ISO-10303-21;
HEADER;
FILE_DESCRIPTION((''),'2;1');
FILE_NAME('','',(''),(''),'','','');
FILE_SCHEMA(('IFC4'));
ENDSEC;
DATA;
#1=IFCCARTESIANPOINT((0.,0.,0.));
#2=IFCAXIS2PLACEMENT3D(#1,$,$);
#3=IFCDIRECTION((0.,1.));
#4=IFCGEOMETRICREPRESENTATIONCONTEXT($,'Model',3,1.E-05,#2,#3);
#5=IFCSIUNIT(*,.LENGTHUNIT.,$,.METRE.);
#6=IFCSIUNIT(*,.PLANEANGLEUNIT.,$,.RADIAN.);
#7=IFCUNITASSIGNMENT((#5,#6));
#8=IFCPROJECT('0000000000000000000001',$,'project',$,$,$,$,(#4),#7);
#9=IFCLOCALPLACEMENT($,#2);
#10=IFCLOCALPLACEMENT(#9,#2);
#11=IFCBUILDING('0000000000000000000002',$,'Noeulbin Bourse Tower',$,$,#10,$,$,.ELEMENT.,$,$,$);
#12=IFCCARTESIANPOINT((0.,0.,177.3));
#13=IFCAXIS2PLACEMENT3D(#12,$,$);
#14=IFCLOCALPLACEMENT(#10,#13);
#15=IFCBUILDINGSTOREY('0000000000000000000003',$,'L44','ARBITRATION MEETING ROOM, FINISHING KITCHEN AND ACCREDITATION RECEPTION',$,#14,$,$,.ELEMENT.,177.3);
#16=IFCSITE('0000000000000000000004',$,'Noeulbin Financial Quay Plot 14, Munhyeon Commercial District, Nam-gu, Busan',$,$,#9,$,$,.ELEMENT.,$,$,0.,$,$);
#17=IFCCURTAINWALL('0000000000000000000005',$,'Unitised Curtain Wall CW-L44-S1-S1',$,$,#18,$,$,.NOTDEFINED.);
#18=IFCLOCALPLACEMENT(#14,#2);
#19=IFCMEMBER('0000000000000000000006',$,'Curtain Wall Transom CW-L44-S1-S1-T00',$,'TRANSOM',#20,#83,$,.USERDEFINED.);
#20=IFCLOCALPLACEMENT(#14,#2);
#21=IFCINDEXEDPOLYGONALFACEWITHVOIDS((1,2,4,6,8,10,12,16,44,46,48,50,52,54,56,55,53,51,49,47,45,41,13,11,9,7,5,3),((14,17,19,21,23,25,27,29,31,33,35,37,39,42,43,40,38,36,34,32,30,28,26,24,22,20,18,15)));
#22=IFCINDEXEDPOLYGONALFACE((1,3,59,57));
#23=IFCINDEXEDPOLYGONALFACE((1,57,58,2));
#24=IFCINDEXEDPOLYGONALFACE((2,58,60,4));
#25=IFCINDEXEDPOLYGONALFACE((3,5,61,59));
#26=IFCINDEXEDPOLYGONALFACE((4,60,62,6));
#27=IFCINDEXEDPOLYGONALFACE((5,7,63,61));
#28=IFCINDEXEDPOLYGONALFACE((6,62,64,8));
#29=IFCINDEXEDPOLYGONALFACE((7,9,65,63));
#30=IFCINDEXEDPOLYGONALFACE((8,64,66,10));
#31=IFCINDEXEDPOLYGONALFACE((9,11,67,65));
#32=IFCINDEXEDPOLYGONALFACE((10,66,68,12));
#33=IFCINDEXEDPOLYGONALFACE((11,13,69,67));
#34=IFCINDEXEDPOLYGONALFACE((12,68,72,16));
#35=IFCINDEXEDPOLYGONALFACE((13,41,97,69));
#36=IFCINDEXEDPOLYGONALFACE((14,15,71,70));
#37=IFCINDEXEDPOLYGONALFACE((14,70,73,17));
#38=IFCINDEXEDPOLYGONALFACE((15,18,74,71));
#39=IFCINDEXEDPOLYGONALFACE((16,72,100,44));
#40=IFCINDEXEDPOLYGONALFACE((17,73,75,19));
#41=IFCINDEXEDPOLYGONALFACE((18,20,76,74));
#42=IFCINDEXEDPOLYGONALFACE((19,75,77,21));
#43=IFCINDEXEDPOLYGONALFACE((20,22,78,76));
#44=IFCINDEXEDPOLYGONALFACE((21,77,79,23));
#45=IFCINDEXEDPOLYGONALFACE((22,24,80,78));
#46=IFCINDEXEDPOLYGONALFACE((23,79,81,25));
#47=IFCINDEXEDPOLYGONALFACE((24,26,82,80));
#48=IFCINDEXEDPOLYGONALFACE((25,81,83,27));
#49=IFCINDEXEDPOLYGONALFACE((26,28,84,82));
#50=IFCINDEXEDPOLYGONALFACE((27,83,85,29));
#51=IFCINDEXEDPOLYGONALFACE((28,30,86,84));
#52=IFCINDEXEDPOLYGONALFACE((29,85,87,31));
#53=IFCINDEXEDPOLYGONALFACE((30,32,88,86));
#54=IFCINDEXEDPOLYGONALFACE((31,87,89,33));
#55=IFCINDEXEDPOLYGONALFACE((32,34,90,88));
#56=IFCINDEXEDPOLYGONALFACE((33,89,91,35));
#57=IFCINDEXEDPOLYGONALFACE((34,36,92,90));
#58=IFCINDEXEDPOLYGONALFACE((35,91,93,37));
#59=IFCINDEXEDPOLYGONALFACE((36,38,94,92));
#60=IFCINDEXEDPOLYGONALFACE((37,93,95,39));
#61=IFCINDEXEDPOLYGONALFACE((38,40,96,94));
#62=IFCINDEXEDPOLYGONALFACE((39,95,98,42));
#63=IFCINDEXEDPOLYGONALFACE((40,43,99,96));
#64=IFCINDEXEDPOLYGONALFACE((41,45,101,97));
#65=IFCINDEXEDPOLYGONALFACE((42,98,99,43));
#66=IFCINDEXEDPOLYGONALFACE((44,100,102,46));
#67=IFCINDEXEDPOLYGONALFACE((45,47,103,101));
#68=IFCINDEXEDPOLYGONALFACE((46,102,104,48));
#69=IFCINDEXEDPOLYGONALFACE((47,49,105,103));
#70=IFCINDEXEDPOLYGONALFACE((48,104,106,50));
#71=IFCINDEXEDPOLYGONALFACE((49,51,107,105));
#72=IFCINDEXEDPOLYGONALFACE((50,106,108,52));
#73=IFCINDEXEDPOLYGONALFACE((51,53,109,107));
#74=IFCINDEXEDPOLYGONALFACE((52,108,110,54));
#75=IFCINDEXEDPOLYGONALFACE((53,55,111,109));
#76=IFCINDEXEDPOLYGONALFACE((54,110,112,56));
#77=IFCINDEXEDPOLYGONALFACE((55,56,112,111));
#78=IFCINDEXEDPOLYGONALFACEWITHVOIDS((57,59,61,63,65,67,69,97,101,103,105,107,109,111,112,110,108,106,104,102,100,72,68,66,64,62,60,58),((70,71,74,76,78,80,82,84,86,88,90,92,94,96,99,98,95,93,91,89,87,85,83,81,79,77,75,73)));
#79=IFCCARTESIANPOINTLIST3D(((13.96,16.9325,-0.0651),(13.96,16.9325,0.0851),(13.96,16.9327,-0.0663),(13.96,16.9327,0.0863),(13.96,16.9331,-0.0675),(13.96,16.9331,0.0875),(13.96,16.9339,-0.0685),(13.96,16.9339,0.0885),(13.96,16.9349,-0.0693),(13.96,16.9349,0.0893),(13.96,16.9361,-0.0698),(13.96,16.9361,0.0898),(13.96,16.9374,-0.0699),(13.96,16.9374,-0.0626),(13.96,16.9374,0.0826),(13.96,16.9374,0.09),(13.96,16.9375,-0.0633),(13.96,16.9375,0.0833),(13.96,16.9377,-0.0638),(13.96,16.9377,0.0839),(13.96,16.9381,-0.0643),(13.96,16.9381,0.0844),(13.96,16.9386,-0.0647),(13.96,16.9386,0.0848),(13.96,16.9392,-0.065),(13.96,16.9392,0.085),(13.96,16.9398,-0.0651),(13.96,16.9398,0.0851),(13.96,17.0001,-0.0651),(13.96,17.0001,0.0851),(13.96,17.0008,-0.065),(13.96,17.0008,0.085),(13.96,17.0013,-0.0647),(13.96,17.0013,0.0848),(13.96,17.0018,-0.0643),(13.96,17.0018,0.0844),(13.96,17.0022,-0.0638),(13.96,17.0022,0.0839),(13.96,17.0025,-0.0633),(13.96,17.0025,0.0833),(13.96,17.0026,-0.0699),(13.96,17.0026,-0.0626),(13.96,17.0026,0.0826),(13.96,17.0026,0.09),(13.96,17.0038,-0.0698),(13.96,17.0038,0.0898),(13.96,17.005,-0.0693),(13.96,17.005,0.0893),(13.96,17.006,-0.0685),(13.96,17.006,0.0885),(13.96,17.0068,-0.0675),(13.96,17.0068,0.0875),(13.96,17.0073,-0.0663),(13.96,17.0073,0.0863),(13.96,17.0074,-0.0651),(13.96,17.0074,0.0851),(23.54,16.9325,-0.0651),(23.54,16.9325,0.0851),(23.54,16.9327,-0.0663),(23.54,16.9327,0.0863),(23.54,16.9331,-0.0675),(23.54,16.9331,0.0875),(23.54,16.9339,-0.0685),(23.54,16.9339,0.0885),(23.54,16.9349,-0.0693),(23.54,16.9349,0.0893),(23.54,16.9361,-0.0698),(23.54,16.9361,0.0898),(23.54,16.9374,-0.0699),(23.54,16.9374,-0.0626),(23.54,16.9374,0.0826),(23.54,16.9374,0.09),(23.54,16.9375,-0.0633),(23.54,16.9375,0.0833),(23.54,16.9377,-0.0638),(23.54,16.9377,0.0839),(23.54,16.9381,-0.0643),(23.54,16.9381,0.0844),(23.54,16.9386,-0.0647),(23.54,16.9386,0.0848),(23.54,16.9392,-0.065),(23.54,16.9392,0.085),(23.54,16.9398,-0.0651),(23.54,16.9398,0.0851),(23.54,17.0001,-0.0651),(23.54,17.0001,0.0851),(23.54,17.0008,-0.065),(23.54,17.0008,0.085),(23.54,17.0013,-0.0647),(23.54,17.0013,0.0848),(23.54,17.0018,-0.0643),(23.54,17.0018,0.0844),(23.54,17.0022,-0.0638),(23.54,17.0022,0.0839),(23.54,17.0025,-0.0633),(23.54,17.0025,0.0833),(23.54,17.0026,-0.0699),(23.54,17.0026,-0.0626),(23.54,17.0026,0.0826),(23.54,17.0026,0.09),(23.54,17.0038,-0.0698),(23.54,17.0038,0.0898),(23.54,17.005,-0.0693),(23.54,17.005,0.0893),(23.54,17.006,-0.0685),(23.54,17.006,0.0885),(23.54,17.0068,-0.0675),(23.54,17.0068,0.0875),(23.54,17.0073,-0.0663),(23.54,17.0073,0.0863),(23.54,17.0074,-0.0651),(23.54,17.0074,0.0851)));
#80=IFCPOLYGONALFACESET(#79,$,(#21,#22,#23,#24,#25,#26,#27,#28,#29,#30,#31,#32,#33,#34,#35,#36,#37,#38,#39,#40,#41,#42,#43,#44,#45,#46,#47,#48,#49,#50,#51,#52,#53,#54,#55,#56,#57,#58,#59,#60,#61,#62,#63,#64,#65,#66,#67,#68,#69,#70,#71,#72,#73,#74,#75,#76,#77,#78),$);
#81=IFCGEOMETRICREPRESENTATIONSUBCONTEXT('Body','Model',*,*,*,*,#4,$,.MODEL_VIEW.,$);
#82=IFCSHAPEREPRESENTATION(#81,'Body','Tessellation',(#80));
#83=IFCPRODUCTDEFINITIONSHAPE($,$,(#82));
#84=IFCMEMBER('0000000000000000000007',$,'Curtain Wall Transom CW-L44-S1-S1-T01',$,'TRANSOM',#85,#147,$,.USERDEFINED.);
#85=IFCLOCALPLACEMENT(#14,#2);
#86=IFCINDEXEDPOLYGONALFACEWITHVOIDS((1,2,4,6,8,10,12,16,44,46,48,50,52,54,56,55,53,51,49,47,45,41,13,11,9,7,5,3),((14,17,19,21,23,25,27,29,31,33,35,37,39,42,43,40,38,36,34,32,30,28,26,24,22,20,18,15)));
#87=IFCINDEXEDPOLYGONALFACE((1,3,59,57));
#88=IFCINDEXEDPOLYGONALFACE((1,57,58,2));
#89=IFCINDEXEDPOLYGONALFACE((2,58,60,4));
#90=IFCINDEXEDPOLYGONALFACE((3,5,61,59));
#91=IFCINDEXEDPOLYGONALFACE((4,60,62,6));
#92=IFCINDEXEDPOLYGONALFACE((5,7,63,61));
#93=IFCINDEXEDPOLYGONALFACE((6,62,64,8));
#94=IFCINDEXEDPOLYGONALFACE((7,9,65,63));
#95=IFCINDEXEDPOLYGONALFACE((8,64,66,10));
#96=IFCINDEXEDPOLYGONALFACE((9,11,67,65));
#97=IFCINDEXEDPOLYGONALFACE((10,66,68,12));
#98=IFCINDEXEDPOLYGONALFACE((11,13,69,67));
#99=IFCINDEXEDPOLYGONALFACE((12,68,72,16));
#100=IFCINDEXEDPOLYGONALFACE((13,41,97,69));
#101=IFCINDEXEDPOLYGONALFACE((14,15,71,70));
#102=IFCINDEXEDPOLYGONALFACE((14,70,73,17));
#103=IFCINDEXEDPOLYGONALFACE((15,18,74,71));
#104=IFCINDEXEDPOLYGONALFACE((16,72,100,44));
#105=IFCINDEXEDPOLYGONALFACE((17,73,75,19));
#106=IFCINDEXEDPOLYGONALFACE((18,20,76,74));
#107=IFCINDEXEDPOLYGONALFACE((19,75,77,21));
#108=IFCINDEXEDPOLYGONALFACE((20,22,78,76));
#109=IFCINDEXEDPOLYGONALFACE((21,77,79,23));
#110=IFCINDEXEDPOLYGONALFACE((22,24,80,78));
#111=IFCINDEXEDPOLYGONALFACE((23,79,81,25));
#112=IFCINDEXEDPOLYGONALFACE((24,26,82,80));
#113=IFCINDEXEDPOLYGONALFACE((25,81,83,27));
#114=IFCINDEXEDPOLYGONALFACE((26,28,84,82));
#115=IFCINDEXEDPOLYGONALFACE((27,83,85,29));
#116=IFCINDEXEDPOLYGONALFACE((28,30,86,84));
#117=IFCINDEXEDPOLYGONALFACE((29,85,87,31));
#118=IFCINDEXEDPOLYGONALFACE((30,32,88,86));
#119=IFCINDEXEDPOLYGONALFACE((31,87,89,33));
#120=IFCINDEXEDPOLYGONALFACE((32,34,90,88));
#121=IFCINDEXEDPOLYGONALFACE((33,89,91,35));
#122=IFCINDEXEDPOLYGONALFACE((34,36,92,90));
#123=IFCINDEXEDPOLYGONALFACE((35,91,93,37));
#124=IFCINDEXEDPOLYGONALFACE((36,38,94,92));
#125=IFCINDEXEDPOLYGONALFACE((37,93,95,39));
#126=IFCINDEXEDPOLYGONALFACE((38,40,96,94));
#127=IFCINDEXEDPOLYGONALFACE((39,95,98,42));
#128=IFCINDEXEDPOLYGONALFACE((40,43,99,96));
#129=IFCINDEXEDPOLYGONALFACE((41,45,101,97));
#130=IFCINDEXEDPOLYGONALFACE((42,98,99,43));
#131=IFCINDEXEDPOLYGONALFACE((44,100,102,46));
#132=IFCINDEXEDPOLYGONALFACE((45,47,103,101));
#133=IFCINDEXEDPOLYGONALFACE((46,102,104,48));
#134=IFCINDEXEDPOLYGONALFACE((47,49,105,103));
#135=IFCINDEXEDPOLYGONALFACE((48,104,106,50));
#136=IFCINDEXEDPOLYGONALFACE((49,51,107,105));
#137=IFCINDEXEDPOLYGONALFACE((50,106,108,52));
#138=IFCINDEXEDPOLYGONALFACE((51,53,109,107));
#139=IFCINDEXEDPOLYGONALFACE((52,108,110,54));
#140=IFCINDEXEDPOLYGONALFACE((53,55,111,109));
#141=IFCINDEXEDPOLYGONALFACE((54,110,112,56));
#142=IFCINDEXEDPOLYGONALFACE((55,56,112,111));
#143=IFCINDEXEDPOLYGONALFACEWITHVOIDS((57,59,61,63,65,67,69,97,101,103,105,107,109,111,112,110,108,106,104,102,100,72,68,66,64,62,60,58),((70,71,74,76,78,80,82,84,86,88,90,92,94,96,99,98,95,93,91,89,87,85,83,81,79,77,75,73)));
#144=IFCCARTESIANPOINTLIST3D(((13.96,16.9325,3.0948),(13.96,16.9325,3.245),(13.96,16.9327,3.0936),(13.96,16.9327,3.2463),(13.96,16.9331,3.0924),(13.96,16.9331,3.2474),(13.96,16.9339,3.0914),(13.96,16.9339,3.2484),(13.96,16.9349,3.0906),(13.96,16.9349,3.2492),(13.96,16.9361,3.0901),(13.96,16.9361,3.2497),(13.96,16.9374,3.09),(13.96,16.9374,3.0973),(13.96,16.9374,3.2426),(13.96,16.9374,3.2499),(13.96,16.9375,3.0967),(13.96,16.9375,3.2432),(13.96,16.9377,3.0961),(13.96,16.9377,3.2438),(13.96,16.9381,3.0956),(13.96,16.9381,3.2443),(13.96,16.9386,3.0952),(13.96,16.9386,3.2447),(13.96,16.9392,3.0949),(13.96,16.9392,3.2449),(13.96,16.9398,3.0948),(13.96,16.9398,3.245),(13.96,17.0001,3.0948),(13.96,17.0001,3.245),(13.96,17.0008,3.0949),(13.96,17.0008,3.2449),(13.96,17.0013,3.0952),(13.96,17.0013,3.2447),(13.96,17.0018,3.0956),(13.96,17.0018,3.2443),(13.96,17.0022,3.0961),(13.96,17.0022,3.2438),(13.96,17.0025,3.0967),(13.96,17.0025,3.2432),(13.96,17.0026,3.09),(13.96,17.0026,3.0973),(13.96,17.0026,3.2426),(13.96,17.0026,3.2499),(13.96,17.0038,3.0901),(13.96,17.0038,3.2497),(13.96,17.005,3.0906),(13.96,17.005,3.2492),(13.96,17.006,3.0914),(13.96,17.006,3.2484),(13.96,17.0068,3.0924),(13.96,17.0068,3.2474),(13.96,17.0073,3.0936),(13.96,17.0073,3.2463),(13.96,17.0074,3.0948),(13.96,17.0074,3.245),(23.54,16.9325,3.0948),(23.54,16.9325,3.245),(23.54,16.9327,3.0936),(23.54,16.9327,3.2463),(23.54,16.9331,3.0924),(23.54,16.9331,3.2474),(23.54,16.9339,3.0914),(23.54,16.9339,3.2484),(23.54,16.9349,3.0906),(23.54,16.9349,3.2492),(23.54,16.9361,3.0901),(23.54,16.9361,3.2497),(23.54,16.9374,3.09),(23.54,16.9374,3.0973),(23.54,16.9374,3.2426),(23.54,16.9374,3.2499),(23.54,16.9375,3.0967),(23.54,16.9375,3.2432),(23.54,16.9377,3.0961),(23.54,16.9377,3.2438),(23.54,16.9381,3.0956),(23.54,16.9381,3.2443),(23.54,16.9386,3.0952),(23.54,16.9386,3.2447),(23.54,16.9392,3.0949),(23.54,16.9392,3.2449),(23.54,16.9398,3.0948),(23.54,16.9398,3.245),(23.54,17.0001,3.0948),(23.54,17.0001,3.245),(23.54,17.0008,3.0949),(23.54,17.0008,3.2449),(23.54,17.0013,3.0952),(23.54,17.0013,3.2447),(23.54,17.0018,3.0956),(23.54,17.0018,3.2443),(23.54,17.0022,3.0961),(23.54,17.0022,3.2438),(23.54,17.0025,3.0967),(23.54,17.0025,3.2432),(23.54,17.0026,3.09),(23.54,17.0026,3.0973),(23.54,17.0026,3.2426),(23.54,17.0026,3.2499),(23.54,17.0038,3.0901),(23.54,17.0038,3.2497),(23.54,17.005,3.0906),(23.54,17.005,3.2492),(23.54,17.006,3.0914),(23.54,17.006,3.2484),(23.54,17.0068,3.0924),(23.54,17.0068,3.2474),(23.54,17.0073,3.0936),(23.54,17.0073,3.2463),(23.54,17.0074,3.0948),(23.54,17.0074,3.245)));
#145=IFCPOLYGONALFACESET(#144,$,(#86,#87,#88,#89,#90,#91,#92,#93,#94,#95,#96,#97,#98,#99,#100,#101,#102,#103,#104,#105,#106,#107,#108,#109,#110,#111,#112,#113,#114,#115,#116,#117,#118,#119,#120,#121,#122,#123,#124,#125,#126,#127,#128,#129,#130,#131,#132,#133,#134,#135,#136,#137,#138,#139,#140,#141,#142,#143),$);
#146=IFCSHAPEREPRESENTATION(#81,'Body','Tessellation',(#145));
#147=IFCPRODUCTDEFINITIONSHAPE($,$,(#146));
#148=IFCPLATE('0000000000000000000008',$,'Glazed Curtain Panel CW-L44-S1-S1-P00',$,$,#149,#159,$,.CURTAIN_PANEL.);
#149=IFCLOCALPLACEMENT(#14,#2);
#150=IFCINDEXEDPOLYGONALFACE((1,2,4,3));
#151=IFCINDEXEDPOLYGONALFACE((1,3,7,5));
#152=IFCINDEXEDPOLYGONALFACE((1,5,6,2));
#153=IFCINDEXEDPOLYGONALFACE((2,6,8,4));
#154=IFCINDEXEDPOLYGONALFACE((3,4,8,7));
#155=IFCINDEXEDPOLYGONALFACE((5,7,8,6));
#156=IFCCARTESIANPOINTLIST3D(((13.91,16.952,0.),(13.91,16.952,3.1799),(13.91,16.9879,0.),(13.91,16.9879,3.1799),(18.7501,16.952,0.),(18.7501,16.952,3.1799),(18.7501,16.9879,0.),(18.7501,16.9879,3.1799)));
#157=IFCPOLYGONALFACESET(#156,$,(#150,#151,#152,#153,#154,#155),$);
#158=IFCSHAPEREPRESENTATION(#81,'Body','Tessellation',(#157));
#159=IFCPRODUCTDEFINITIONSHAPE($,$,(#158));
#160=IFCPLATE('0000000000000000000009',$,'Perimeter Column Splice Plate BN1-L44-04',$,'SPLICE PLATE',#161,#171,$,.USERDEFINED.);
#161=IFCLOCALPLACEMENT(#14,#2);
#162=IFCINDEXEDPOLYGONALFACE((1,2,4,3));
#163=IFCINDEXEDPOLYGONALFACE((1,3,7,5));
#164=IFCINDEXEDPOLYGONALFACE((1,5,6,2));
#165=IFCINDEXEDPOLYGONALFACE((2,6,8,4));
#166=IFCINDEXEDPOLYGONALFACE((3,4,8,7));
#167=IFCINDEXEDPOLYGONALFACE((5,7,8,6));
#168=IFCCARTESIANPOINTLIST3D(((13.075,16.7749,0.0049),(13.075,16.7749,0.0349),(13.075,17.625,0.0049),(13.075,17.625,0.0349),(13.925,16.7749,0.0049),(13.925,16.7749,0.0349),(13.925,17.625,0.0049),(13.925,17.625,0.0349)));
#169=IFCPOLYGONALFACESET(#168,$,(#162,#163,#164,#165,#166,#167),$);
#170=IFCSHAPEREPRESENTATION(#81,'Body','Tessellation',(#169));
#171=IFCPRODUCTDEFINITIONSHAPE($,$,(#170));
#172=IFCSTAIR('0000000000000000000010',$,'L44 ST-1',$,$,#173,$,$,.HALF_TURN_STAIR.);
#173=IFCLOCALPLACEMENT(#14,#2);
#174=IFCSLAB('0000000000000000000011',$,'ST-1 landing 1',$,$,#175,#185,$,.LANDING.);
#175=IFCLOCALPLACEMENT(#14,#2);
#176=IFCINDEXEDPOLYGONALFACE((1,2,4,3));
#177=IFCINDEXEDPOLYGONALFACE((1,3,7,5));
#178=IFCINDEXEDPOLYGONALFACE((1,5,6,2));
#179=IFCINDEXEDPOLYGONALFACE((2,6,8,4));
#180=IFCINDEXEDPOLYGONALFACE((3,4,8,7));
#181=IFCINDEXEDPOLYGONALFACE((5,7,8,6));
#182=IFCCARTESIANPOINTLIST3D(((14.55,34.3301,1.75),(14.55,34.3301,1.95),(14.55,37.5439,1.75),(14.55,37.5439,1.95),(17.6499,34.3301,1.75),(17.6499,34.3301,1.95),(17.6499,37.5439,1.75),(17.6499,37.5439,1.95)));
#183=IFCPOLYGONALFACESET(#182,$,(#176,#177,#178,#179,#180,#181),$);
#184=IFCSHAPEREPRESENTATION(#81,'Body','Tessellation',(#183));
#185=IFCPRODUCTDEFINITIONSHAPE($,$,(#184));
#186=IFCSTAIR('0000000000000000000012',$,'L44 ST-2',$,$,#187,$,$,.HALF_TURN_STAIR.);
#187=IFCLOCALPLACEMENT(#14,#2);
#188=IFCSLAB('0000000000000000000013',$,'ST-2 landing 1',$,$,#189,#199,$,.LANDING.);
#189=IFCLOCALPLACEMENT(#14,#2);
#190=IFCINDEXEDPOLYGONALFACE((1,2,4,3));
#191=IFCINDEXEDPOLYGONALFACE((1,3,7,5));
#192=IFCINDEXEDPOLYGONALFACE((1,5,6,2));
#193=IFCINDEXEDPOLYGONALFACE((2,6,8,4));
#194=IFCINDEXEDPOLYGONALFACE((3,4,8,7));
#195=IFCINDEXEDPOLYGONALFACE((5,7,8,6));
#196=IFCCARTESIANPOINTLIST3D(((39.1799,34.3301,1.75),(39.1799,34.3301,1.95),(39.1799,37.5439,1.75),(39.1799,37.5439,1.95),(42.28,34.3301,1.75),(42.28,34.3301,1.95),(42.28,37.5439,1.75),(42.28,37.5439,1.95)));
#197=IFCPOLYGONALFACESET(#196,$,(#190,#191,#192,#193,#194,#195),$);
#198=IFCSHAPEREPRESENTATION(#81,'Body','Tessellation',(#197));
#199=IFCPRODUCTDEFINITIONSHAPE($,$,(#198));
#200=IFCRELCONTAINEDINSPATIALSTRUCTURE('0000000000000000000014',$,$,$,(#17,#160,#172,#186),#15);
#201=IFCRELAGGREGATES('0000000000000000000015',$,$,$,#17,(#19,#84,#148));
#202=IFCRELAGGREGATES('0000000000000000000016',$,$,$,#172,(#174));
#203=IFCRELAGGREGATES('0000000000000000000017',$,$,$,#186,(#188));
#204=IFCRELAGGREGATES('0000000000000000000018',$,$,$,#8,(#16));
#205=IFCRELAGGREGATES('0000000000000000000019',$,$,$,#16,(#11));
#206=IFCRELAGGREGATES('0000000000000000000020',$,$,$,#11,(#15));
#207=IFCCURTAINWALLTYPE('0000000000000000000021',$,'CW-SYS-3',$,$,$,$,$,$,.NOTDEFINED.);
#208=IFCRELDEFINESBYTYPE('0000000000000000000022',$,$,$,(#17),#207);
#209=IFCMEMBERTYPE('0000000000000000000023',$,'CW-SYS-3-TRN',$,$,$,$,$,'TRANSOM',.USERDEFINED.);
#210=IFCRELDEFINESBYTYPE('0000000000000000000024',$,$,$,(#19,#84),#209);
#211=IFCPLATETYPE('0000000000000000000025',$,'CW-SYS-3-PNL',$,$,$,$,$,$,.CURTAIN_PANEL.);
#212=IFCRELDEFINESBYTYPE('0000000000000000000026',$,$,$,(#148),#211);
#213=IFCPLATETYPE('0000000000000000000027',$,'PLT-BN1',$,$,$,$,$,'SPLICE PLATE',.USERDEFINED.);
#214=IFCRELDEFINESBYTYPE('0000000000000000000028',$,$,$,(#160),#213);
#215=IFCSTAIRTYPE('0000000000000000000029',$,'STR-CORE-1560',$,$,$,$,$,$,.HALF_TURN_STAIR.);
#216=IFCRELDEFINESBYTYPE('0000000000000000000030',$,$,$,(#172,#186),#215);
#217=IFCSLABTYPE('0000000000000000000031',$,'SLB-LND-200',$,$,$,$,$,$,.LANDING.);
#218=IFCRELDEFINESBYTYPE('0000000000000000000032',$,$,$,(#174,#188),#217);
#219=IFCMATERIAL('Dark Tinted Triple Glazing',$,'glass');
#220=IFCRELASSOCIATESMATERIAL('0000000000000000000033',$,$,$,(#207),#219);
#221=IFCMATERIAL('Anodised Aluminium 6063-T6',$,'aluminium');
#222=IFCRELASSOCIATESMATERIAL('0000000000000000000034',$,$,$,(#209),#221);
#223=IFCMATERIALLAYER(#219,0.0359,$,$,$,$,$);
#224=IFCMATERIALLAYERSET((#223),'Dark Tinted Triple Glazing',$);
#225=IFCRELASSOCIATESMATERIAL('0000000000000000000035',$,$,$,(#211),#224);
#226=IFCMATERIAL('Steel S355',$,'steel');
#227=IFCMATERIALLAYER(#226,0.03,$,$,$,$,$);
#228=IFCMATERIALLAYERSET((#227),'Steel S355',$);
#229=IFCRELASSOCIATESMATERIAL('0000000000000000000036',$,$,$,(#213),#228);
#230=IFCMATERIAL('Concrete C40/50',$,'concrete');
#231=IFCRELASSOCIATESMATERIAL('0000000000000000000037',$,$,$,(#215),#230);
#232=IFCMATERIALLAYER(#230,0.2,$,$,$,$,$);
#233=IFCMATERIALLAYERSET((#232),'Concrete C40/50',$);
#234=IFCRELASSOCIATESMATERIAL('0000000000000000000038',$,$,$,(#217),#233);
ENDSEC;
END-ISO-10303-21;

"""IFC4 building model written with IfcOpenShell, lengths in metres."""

from ifc_helpers import new_model, si_unit, direction, frame, origin, origin_2d, place, context, subcontext, project, spatial, polyline, rectangle, hollow_rectangle, outline, extrude, material, layer, layer_set, material_profile, profile_set, type_object, element, aggregate, save


model = new_model("IFC4")

# Units and contexts
model_context = context("Model", 3, precision=1e-05, world=origin(), true_north=direction((0.0, 1.0)))
body_context = subcontext(model_context, "Body", "Model", "MODEL_VIEW")
ifc_project = project(units=[si_unit("LENGTHUNIT", "METRE"), si_unit("PLANEANGLEUNIT", "RADIAN")], contexts=[model_context])

# Site, building, storey
site_placement = place(None, origin())
site = spatial("IfcSite", under=ifc_project, at=site_placement, Name="Noeulbin Financial Quay Plot 14, Munhyeon Commercial District, Nam-gu, Busan", CompositionType="ELEMENT", RefElevation=0.0)
building_placement = place(site_placement, origin())
building = spatial("IfcBuilding", under=site, at=building_placement, Name="Noeulbin Bourse Tower", CompositionType="ELEMENT")
storey_placement = place(building_placement, frame((0.0, 0.0, 177.3)))
storey = spatial("IfcBuildingStorey", under=building, at=storey_placement, Name="L44", Description="ARBITRATION MEETING ROOM, FINISHING KITCHEN AND ACCREDITATION RECEPTION", CompositionType="ELEMENT", Elevation=177.3)

# Shared definitions
ifc_material_1 = material(Name="Steel S355", Category="steel")

# Curtain wall, members, plate
ifc_material_2 = material(Name="Dark Tinted Triple Glazing", Category="glass")
curtain_wall_type = type_object("IfcCurtainWallType", Name="CW-SYS-3", PredefinedType="NOTDEFINED", material=ifc_material_2)
curtain_wall_placement = place(storey_placement, origin())
curtain_wall = element("IfcCurtainWall", 1, at=curtain_wall_placement, inside=storey, type_object=curtain_wall_type, Name="Unitised Curtain Wall CW-L44-S1-S1", PredefinedType="NOTDEFINED")
ifc_material_3 = material(Name="Anodised Aluminium 6063-T6", Category="aluminium")
ifc_material_profile_1 = material_profile(ifc_material_3, hollow_rectangle(XDim=0.075, YDim=0.1599, WallThickness=0.0049, InnerFilletRadius=0.0024, OuterFilletRadius=0.0049, at=origin_2d()), Name="ALU-TRAN-75x160x5", Category="LoadBearing")
ifc_profile_set_1 = profile_set([ifc_material_profile_1], Name="Anodised Aluminium 6063-T6")
member_type_1 = type_object("IfcMemberType", Name="CW-SYS-3-TRN", ElementType="TRANSOM", PredefinedType="USERDEFINED", material=ifc_profile_set_1)
member_1_placement = place(storey_placement, frame((13.96, 16.97, 0.01), z_axis=(1.0, 0.0, 0.0), x_axis=(0.0, 1.0, 0.0)))
member_1 = element("IfcMember", 2, at=member_1_placement, type_object=member_type_1, Name="Curtain Wall Transom CW-L44-S1-S1-T00", ObjectType="TRANSOM", PredefinedType="USERDEFINED", context=body_context, shape_type="SweptSolid", body=[
    extrude(hollow_rectangle(XDim=0.075, YDim=0.1599, WallThickness=0.0049, InnerFilletRadius=0.0024, OuterFilletRadius=0.0049, at=origin_2d()), origin(), (0.0, 0.0, 1.0), 9.5801),
])
member_2_placement = place(storey_placement, frame((13.96, 16.97, 3.1699), z_axis=(1.0, 0.0, 0.0), x_axis=(0.0, 1.0, 0.0)))
member_2 = element("IfcMember", 3, at=member_2_placement, type_object=member_type_1, Name="Curtain Wall Transom CW-L44-S1-S1-T01", ObjectType="TRANSOM", PredefinedType="USERDEFINED", context=body_context, shape_type="SweptSolid", body=[
    extrude(hollow_rectangle(XDim=0.075, YDim=0.1599, WallThickness=0.0049, InnerFilletRadius=0.0024, OuterFilletRadius=0.0049, at=origin_2d()), origin(), (0.0, 0.0, 1.0), 9.5801),
])
ifc_layer_1 = layer(ifc_material_2, 0.0359)
ifc_layer_set_1 = layer_set([ifc_layer_1], Name="Dark Tinted Triple Glazing")
plate_type_1 = type_object("IfcPlateType", Name="CW-SYS-3-PNL", PredefinedType="CURTAIN_PANEL", material=ifc_layer_set_1)
plate_1_placement = place(storey_placement, frame((16.3301, 16.97, 0.0), z_axis=(0.0, 0.0, 1.0), x_axis=(1.0, 0.0, 0.0)))
plate_1 = element("IfcPlate", 4, at=plate_1_placement, type_object=plate_type_1, Name="Glazed Curtain Panel CW-L44-S1-S1-P00", PredefinedType="CURTAIN_PANEL", context=body_context, shape_type="SweptSolid", body=[
    extrude(rectangle(XDim=4.8401, YDim=0.0359, at=origin_2d()), origin(), (0.0, 0.0, 1.0), 3.1799),
])
aggregate(curtain_wall, [member_1, member_2, plate_1])

# Plate
ifc_layer_2 = layer(ifc_material_1, 0.03)
ifc_layer_set_2 = layer_set([ifc_layer_2], Name="Steel S355")
plate_type_2 = type_object("IfcPlateType", Name="PLT-BN1", ElementType="SPLICE PLATE", PredefinedType="USERDEFINED", material=ifc_layer_set_2)
plate_2_placement = place(storey_placement, frame((13.5, 17.2, 0.0049), z_axis=(0.0, 0.0, 1.0), x_axis=(1.0, 0.0, 0.0)))
element("IfcPlate", 5, at=plate_2_placement, inside=storey, type_object=plate_type_2, Name="Perimeter Column Splice Plate BN1-L44-04", ObjectType="SPLICE PLATE", PredefinedType="USERDEFINED", context=body_context, shape_type="SweptSolid", body=[
    extrude(rectangle(XDim=0.8501, YDim=0.8501, at=origin_2d()), origin(), (0.0, 0.0, 1.0), 0.03),
])

# Stairs, slabs
ifc_material_4 = material(Name="Concrete C40/50", Category="concrete")
stair_type = type_object("IfcStairType", Name="STR-CORE-1560", PredefinedType="HALF_TURN_STAIR", material=ifc_material_4)
stair_1_placement = place(storey_placement, origin())
stair_1 = element("IfcStair", 6, at=stair_1_placement, inside=storey, type_object=stair_type, Name="L44 ST-1", PredefinedType="HALF_TURN_STAIR")
ifc_layer_3 = layer(ifc_material_4, 0.2)
ifc_layer_set_3 = layer_set([ifc_layer_3], Name="Concrete C40/50")
slab_type_1 = type_object("IfcSlabType", Name="SLB-LND-200", PredefinedType="LANDING", material=ifc_layer_set_3)
slab_1_placement = place(storey_placement, frame((0.0, 0.0, 1.75)))
slab_1 = element("IfcSlab", 7, at=slab_1_placement, type_object=slab_type_1, Name="ST-1 landing 1", PredefinedType="LANDING", context=body_context, shape_type="SweptSolid", body=[
    extrude(outline(polyline([(17.6499, 34.3301), (17.6499, 37.5439), (14.55, 37.5439), (14.55, 34.3301), (17.6499, 34.3301)])), origin(), (0.0, 0.0, 1.0), 0.2),
])
aggregate(stair_1, [slab_1])
stair_2_placement = place(storey_placement, origin())
stair_2 = element("IfcStair", 8, at=stair_2_placement, inside=storey, type_object=stair_type, Name="L44 ST-2", PredefinedType="HALF_TURN_STAIR")
slab_2_placement = place(storey_placement, frame((0.0, 0.0, 1.75)))
slab_2 = element("IfcSlab", 9, at=slab_2_placement, type_object=slab_type_1, Name="ST-2 landing 1", PredefinedType="LANDING", context=body_context, shape_type="SweptSolid", body=[
    extrude(outline(polyline([(42.28, 34.3301), (42.28, 37.5439), (39.1799, 37.5439), (39.1799, 34.3301), (42.28, 34.3301)])), origin(), (0.0, 0.0, 1.0), 0.2),
])
aggregate(stair_2, [slab_2])

save(model, "model.ifc")
